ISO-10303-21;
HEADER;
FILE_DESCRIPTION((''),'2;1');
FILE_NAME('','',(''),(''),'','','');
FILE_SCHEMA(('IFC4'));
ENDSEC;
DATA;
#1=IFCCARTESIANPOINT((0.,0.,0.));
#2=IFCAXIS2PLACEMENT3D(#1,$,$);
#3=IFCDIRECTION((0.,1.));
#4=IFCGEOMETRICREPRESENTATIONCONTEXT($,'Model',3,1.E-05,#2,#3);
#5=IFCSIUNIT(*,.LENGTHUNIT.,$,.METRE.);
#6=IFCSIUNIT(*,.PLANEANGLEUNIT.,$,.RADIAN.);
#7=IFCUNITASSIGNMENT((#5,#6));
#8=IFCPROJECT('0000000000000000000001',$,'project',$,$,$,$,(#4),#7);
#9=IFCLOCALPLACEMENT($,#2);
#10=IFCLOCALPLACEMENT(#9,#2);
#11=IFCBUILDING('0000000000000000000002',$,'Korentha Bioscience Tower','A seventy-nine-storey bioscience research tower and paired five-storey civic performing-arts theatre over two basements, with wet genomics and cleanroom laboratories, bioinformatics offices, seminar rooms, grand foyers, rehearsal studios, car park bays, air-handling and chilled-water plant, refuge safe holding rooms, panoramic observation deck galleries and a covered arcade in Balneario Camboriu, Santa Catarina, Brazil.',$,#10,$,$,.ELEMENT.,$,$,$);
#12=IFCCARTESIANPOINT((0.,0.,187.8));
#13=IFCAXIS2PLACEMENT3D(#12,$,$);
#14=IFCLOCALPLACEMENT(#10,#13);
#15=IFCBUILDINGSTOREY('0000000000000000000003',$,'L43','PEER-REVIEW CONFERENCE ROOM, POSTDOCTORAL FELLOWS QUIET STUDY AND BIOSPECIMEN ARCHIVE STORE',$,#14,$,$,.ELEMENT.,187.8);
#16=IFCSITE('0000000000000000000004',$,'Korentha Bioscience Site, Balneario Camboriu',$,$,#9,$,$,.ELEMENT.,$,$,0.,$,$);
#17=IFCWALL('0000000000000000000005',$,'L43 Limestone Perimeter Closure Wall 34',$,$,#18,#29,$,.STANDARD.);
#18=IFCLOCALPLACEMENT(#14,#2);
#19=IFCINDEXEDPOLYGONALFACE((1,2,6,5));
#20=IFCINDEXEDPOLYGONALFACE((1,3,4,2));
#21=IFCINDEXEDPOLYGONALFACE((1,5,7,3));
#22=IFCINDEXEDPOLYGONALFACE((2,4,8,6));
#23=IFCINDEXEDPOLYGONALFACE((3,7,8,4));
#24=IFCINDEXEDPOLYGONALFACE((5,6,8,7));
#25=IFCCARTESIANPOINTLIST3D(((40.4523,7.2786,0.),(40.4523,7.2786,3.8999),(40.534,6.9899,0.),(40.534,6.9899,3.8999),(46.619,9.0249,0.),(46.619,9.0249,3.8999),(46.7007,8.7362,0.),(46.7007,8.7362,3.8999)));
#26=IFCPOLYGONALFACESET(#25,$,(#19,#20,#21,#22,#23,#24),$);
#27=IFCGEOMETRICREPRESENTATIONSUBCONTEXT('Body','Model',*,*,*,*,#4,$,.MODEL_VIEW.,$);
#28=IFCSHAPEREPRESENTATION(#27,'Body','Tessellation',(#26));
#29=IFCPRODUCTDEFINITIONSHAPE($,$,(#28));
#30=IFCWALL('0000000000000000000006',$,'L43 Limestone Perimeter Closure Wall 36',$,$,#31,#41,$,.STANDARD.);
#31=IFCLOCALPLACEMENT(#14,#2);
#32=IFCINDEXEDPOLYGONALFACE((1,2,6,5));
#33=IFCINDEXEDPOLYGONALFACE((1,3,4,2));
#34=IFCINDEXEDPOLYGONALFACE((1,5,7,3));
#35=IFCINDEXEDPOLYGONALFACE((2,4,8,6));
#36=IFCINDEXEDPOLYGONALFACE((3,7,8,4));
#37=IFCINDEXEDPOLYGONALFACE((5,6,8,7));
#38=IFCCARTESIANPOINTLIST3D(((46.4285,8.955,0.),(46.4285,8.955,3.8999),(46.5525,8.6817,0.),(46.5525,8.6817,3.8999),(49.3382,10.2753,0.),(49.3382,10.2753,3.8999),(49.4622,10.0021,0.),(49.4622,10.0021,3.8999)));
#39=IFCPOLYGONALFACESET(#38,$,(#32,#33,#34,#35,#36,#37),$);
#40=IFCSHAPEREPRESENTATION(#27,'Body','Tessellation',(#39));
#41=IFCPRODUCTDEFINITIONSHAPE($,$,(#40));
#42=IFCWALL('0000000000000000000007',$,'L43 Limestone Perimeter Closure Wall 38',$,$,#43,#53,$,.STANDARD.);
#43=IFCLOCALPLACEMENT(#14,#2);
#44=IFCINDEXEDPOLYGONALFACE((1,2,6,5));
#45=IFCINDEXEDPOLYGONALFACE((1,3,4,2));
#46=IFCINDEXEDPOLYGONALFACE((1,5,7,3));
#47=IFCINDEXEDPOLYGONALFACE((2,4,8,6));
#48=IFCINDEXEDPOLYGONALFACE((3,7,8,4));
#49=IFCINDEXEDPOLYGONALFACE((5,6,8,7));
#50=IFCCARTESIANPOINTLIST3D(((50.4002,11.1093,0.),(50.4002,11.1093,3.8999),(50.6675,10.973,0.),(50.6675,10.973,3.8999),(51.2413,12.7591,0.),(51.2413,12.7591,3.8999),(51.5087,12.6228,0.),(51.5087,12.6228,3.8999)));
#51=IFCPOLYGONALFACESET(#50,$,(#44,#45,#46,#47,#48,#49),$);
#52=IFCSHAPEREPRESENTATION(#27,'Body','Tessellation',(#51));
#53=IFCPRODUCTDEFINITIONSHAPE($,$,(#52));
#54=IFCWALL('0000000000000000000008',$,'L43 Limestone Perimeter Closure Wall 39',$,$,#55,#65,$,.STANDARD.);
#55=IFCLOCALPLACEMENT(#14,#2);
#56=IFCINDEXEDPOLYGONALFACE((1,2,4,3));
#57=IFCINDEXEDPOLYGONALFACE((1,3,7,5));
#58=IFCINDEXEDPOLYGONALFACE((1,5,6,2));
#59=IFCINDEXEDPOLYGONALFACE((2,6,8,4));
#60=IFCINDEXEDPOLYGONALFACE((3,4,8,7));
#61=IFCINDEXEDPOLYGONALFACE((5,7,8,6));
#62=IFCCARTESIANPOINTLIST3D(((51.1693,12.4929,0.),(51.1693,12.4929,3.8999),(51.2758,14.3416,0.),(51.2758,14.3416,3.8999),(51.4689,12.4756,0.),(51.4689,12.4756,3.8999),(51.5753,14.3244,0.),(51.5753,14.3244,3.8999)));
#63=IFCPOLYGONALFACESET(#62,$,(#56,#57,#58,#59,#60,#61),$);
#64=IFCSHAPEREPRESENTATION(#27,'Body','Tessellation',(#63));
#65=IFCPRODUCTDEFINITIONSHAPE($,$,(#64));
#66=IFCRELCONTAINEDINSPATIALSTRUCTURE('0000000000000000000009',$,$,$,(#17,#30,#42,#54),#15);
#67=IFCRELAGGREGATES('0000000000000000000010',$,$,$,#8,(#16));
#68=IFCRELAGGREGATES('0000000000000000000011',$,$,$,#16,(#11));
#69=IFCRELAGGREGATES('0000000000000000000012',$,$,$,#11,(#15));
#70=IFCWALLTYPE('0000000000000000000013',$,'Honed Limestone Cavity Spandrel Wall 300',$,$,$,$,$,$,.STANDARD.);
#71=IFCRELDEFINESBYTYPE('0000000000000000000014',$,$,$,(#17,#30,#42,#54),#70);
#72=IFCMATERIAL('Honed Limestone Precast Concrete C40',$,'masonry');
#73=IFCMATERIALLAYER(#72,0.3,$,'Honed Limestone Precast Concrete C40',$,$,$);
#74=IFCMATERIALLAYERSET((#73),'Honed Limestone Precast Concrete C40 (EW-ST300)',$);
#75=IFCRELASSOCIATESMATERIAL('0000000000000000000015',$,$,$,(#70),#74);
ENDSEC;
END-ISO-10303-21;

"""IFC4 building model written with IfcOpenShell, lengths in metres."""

from ifc_helpers import new_model, si_unit, direction, frame, frame_2d, origin, place, context, subcontext, project, spatial, rectangle, extrude, material, layer, layer_set, type_object, element, save


model = new_model("IFC4")

# Units and contexts
model_context = context("Model", 3, precision=1e-05, world=origin(), true_north=direction((0.0, 1.0)))
body_context = subcontext(model_context, "Body", "Model", "MODEL_VIEW")
ifc_project = project(units=[si_unit("LENGTHUNIT", "METRE"), si_unit("PLANEANGLEUNIT", "RADIAN")], contexts=[model_context])

# Site, building, storey
site_placement = place(None, origin())
site = spatial("IfcSite", under=ifc_project, at=site_placement, Name="Korentha Bioscience Site, Balneario Camboriu", CompositionType="ELEMENT", RefElevation=0.0)
building_placement = place(site_placement, origin())
building = spatial("IfcBuilding", under=site, at=building_placement, Name="Korentha Bioscience Tower", Description="A seventy-nine-storey bioscience research tower and paired five-storey civic performing-arts theatre over two basements, with wet genomics and cleanroom laboratories, bioinformatics offices, seminar rooms, grand foyers, rehearsal studios, car park bays, air-handling and chilled-water plant, refuge safe holding rooms, panoramic observation deck galleries and a covered arcade in Balneario Camboriu, Santa Catarina, Brazil.", CompositionType="ELEMENT")
storey_placement = place(building_placement, frame((0.0, 0.0, 187.8)))
storey = spatial("IfcBuildingStorey", under=building, at=storey_placement, Name="L43", Description="PEER-REVIEW CONFERENCE ROOM, POSTDOCTORAL FELLOWS QUIET STUDY AND BIOSPECIMEN ARCHIVE STORE", CompositionType="ELEMENT", Elevation=187.8)

# Walls
ifc_material_1 = material(Name="Honed Limestone Precast Concrete C40", Category="masonry")
ifc_layer_1 = layer(ifc_material_1, 0.3, Name="Honed Limestone Precast Concrete C40")
ifc_layer_set_1 = layer_set([ifc_layer_1], Name="Honed Limestone Precast Concrete C40 (EW-ST300)")
wall_type_1 = type_object("IfcWallType", Name="Honed Limestone Cavity Spandrel Wall 300", PredefinedType="STANDARD", material=ifc_layer_set_1)
wall_1_placement = place(storey_placement, frame((40.4932, 7.1343, 0.0), z_axis=(0.0, 0.0, 1.0), x_axis=(0.962164, 0.272472, 0.0)))
element("IfcWall", 1, at=wall_1_placement, inside=storey, type_object=wall_type_1, Name="L43 Limestone Perimeter Closure Wall 34", PredefinedType="STANDARD", context=body_context, shape_type="SweptSolid", body=[
    extrude(rectangle(XDim=6.4092, YDim=0.3, at=frame_2d((3.2046, 0.0))), origin(), (0.0, 0.0, 1.0), 3.8999),
])
wall_2_placement = place(storey_placement, frame((46.4905, 8.8184, 0.0), z_axis=(0.0, 0.0, 1.0), x_axis=(0.910633, 0.413216, 0.0)))
element("IfcWall", 2, at=wall_2_placement, inside=storey, type_object=wall_type_1, Name="L43 Limestone Perimeter Closure Wall 36", PredefinedType="STANDARD", context=body_context, shape_type="SweptSolid", body=[
    extrude(rectangle(XDim=3.1953, YDim=0.3, at=frame_2d((1.5977, 0.0))), origin(), (0.0, 0.0, 1.0), 3.8999),
])
for number, where, z_axis, x_axis, name in (
    (3, (50.5339, 11.0413, 0.0), (0.0, 0.0, 1.0), (0.454214, 0.890893, 0.0), "L43 Limestone Perimeter Closure Wall 38"),
    (4, (51.3191, 12.4844, 0.0), (0.0, 0.0, 1.0), (0.057485, 0.998346, 0.0), "L43 Limestone Perimeter Closure Wall 39"),
):
    element("IfcWall", number, at=place(storey_placement, frame(where, z_axis=z_axis, x_axis=x_axis)), inside=storey, type_object=wall_type_1, Name=name, PredefinedType="STANDARD", context=body_context, shape_type="SweptSolid", body=[
        extrude(rectangle(XDim=1.8518, YDim=0.3, at=frame_2d((0.9258, 0.0))), origin(), (0.0, 0.0, 1.0), 3.8999),
    ])

save(model, "model.ifc")
